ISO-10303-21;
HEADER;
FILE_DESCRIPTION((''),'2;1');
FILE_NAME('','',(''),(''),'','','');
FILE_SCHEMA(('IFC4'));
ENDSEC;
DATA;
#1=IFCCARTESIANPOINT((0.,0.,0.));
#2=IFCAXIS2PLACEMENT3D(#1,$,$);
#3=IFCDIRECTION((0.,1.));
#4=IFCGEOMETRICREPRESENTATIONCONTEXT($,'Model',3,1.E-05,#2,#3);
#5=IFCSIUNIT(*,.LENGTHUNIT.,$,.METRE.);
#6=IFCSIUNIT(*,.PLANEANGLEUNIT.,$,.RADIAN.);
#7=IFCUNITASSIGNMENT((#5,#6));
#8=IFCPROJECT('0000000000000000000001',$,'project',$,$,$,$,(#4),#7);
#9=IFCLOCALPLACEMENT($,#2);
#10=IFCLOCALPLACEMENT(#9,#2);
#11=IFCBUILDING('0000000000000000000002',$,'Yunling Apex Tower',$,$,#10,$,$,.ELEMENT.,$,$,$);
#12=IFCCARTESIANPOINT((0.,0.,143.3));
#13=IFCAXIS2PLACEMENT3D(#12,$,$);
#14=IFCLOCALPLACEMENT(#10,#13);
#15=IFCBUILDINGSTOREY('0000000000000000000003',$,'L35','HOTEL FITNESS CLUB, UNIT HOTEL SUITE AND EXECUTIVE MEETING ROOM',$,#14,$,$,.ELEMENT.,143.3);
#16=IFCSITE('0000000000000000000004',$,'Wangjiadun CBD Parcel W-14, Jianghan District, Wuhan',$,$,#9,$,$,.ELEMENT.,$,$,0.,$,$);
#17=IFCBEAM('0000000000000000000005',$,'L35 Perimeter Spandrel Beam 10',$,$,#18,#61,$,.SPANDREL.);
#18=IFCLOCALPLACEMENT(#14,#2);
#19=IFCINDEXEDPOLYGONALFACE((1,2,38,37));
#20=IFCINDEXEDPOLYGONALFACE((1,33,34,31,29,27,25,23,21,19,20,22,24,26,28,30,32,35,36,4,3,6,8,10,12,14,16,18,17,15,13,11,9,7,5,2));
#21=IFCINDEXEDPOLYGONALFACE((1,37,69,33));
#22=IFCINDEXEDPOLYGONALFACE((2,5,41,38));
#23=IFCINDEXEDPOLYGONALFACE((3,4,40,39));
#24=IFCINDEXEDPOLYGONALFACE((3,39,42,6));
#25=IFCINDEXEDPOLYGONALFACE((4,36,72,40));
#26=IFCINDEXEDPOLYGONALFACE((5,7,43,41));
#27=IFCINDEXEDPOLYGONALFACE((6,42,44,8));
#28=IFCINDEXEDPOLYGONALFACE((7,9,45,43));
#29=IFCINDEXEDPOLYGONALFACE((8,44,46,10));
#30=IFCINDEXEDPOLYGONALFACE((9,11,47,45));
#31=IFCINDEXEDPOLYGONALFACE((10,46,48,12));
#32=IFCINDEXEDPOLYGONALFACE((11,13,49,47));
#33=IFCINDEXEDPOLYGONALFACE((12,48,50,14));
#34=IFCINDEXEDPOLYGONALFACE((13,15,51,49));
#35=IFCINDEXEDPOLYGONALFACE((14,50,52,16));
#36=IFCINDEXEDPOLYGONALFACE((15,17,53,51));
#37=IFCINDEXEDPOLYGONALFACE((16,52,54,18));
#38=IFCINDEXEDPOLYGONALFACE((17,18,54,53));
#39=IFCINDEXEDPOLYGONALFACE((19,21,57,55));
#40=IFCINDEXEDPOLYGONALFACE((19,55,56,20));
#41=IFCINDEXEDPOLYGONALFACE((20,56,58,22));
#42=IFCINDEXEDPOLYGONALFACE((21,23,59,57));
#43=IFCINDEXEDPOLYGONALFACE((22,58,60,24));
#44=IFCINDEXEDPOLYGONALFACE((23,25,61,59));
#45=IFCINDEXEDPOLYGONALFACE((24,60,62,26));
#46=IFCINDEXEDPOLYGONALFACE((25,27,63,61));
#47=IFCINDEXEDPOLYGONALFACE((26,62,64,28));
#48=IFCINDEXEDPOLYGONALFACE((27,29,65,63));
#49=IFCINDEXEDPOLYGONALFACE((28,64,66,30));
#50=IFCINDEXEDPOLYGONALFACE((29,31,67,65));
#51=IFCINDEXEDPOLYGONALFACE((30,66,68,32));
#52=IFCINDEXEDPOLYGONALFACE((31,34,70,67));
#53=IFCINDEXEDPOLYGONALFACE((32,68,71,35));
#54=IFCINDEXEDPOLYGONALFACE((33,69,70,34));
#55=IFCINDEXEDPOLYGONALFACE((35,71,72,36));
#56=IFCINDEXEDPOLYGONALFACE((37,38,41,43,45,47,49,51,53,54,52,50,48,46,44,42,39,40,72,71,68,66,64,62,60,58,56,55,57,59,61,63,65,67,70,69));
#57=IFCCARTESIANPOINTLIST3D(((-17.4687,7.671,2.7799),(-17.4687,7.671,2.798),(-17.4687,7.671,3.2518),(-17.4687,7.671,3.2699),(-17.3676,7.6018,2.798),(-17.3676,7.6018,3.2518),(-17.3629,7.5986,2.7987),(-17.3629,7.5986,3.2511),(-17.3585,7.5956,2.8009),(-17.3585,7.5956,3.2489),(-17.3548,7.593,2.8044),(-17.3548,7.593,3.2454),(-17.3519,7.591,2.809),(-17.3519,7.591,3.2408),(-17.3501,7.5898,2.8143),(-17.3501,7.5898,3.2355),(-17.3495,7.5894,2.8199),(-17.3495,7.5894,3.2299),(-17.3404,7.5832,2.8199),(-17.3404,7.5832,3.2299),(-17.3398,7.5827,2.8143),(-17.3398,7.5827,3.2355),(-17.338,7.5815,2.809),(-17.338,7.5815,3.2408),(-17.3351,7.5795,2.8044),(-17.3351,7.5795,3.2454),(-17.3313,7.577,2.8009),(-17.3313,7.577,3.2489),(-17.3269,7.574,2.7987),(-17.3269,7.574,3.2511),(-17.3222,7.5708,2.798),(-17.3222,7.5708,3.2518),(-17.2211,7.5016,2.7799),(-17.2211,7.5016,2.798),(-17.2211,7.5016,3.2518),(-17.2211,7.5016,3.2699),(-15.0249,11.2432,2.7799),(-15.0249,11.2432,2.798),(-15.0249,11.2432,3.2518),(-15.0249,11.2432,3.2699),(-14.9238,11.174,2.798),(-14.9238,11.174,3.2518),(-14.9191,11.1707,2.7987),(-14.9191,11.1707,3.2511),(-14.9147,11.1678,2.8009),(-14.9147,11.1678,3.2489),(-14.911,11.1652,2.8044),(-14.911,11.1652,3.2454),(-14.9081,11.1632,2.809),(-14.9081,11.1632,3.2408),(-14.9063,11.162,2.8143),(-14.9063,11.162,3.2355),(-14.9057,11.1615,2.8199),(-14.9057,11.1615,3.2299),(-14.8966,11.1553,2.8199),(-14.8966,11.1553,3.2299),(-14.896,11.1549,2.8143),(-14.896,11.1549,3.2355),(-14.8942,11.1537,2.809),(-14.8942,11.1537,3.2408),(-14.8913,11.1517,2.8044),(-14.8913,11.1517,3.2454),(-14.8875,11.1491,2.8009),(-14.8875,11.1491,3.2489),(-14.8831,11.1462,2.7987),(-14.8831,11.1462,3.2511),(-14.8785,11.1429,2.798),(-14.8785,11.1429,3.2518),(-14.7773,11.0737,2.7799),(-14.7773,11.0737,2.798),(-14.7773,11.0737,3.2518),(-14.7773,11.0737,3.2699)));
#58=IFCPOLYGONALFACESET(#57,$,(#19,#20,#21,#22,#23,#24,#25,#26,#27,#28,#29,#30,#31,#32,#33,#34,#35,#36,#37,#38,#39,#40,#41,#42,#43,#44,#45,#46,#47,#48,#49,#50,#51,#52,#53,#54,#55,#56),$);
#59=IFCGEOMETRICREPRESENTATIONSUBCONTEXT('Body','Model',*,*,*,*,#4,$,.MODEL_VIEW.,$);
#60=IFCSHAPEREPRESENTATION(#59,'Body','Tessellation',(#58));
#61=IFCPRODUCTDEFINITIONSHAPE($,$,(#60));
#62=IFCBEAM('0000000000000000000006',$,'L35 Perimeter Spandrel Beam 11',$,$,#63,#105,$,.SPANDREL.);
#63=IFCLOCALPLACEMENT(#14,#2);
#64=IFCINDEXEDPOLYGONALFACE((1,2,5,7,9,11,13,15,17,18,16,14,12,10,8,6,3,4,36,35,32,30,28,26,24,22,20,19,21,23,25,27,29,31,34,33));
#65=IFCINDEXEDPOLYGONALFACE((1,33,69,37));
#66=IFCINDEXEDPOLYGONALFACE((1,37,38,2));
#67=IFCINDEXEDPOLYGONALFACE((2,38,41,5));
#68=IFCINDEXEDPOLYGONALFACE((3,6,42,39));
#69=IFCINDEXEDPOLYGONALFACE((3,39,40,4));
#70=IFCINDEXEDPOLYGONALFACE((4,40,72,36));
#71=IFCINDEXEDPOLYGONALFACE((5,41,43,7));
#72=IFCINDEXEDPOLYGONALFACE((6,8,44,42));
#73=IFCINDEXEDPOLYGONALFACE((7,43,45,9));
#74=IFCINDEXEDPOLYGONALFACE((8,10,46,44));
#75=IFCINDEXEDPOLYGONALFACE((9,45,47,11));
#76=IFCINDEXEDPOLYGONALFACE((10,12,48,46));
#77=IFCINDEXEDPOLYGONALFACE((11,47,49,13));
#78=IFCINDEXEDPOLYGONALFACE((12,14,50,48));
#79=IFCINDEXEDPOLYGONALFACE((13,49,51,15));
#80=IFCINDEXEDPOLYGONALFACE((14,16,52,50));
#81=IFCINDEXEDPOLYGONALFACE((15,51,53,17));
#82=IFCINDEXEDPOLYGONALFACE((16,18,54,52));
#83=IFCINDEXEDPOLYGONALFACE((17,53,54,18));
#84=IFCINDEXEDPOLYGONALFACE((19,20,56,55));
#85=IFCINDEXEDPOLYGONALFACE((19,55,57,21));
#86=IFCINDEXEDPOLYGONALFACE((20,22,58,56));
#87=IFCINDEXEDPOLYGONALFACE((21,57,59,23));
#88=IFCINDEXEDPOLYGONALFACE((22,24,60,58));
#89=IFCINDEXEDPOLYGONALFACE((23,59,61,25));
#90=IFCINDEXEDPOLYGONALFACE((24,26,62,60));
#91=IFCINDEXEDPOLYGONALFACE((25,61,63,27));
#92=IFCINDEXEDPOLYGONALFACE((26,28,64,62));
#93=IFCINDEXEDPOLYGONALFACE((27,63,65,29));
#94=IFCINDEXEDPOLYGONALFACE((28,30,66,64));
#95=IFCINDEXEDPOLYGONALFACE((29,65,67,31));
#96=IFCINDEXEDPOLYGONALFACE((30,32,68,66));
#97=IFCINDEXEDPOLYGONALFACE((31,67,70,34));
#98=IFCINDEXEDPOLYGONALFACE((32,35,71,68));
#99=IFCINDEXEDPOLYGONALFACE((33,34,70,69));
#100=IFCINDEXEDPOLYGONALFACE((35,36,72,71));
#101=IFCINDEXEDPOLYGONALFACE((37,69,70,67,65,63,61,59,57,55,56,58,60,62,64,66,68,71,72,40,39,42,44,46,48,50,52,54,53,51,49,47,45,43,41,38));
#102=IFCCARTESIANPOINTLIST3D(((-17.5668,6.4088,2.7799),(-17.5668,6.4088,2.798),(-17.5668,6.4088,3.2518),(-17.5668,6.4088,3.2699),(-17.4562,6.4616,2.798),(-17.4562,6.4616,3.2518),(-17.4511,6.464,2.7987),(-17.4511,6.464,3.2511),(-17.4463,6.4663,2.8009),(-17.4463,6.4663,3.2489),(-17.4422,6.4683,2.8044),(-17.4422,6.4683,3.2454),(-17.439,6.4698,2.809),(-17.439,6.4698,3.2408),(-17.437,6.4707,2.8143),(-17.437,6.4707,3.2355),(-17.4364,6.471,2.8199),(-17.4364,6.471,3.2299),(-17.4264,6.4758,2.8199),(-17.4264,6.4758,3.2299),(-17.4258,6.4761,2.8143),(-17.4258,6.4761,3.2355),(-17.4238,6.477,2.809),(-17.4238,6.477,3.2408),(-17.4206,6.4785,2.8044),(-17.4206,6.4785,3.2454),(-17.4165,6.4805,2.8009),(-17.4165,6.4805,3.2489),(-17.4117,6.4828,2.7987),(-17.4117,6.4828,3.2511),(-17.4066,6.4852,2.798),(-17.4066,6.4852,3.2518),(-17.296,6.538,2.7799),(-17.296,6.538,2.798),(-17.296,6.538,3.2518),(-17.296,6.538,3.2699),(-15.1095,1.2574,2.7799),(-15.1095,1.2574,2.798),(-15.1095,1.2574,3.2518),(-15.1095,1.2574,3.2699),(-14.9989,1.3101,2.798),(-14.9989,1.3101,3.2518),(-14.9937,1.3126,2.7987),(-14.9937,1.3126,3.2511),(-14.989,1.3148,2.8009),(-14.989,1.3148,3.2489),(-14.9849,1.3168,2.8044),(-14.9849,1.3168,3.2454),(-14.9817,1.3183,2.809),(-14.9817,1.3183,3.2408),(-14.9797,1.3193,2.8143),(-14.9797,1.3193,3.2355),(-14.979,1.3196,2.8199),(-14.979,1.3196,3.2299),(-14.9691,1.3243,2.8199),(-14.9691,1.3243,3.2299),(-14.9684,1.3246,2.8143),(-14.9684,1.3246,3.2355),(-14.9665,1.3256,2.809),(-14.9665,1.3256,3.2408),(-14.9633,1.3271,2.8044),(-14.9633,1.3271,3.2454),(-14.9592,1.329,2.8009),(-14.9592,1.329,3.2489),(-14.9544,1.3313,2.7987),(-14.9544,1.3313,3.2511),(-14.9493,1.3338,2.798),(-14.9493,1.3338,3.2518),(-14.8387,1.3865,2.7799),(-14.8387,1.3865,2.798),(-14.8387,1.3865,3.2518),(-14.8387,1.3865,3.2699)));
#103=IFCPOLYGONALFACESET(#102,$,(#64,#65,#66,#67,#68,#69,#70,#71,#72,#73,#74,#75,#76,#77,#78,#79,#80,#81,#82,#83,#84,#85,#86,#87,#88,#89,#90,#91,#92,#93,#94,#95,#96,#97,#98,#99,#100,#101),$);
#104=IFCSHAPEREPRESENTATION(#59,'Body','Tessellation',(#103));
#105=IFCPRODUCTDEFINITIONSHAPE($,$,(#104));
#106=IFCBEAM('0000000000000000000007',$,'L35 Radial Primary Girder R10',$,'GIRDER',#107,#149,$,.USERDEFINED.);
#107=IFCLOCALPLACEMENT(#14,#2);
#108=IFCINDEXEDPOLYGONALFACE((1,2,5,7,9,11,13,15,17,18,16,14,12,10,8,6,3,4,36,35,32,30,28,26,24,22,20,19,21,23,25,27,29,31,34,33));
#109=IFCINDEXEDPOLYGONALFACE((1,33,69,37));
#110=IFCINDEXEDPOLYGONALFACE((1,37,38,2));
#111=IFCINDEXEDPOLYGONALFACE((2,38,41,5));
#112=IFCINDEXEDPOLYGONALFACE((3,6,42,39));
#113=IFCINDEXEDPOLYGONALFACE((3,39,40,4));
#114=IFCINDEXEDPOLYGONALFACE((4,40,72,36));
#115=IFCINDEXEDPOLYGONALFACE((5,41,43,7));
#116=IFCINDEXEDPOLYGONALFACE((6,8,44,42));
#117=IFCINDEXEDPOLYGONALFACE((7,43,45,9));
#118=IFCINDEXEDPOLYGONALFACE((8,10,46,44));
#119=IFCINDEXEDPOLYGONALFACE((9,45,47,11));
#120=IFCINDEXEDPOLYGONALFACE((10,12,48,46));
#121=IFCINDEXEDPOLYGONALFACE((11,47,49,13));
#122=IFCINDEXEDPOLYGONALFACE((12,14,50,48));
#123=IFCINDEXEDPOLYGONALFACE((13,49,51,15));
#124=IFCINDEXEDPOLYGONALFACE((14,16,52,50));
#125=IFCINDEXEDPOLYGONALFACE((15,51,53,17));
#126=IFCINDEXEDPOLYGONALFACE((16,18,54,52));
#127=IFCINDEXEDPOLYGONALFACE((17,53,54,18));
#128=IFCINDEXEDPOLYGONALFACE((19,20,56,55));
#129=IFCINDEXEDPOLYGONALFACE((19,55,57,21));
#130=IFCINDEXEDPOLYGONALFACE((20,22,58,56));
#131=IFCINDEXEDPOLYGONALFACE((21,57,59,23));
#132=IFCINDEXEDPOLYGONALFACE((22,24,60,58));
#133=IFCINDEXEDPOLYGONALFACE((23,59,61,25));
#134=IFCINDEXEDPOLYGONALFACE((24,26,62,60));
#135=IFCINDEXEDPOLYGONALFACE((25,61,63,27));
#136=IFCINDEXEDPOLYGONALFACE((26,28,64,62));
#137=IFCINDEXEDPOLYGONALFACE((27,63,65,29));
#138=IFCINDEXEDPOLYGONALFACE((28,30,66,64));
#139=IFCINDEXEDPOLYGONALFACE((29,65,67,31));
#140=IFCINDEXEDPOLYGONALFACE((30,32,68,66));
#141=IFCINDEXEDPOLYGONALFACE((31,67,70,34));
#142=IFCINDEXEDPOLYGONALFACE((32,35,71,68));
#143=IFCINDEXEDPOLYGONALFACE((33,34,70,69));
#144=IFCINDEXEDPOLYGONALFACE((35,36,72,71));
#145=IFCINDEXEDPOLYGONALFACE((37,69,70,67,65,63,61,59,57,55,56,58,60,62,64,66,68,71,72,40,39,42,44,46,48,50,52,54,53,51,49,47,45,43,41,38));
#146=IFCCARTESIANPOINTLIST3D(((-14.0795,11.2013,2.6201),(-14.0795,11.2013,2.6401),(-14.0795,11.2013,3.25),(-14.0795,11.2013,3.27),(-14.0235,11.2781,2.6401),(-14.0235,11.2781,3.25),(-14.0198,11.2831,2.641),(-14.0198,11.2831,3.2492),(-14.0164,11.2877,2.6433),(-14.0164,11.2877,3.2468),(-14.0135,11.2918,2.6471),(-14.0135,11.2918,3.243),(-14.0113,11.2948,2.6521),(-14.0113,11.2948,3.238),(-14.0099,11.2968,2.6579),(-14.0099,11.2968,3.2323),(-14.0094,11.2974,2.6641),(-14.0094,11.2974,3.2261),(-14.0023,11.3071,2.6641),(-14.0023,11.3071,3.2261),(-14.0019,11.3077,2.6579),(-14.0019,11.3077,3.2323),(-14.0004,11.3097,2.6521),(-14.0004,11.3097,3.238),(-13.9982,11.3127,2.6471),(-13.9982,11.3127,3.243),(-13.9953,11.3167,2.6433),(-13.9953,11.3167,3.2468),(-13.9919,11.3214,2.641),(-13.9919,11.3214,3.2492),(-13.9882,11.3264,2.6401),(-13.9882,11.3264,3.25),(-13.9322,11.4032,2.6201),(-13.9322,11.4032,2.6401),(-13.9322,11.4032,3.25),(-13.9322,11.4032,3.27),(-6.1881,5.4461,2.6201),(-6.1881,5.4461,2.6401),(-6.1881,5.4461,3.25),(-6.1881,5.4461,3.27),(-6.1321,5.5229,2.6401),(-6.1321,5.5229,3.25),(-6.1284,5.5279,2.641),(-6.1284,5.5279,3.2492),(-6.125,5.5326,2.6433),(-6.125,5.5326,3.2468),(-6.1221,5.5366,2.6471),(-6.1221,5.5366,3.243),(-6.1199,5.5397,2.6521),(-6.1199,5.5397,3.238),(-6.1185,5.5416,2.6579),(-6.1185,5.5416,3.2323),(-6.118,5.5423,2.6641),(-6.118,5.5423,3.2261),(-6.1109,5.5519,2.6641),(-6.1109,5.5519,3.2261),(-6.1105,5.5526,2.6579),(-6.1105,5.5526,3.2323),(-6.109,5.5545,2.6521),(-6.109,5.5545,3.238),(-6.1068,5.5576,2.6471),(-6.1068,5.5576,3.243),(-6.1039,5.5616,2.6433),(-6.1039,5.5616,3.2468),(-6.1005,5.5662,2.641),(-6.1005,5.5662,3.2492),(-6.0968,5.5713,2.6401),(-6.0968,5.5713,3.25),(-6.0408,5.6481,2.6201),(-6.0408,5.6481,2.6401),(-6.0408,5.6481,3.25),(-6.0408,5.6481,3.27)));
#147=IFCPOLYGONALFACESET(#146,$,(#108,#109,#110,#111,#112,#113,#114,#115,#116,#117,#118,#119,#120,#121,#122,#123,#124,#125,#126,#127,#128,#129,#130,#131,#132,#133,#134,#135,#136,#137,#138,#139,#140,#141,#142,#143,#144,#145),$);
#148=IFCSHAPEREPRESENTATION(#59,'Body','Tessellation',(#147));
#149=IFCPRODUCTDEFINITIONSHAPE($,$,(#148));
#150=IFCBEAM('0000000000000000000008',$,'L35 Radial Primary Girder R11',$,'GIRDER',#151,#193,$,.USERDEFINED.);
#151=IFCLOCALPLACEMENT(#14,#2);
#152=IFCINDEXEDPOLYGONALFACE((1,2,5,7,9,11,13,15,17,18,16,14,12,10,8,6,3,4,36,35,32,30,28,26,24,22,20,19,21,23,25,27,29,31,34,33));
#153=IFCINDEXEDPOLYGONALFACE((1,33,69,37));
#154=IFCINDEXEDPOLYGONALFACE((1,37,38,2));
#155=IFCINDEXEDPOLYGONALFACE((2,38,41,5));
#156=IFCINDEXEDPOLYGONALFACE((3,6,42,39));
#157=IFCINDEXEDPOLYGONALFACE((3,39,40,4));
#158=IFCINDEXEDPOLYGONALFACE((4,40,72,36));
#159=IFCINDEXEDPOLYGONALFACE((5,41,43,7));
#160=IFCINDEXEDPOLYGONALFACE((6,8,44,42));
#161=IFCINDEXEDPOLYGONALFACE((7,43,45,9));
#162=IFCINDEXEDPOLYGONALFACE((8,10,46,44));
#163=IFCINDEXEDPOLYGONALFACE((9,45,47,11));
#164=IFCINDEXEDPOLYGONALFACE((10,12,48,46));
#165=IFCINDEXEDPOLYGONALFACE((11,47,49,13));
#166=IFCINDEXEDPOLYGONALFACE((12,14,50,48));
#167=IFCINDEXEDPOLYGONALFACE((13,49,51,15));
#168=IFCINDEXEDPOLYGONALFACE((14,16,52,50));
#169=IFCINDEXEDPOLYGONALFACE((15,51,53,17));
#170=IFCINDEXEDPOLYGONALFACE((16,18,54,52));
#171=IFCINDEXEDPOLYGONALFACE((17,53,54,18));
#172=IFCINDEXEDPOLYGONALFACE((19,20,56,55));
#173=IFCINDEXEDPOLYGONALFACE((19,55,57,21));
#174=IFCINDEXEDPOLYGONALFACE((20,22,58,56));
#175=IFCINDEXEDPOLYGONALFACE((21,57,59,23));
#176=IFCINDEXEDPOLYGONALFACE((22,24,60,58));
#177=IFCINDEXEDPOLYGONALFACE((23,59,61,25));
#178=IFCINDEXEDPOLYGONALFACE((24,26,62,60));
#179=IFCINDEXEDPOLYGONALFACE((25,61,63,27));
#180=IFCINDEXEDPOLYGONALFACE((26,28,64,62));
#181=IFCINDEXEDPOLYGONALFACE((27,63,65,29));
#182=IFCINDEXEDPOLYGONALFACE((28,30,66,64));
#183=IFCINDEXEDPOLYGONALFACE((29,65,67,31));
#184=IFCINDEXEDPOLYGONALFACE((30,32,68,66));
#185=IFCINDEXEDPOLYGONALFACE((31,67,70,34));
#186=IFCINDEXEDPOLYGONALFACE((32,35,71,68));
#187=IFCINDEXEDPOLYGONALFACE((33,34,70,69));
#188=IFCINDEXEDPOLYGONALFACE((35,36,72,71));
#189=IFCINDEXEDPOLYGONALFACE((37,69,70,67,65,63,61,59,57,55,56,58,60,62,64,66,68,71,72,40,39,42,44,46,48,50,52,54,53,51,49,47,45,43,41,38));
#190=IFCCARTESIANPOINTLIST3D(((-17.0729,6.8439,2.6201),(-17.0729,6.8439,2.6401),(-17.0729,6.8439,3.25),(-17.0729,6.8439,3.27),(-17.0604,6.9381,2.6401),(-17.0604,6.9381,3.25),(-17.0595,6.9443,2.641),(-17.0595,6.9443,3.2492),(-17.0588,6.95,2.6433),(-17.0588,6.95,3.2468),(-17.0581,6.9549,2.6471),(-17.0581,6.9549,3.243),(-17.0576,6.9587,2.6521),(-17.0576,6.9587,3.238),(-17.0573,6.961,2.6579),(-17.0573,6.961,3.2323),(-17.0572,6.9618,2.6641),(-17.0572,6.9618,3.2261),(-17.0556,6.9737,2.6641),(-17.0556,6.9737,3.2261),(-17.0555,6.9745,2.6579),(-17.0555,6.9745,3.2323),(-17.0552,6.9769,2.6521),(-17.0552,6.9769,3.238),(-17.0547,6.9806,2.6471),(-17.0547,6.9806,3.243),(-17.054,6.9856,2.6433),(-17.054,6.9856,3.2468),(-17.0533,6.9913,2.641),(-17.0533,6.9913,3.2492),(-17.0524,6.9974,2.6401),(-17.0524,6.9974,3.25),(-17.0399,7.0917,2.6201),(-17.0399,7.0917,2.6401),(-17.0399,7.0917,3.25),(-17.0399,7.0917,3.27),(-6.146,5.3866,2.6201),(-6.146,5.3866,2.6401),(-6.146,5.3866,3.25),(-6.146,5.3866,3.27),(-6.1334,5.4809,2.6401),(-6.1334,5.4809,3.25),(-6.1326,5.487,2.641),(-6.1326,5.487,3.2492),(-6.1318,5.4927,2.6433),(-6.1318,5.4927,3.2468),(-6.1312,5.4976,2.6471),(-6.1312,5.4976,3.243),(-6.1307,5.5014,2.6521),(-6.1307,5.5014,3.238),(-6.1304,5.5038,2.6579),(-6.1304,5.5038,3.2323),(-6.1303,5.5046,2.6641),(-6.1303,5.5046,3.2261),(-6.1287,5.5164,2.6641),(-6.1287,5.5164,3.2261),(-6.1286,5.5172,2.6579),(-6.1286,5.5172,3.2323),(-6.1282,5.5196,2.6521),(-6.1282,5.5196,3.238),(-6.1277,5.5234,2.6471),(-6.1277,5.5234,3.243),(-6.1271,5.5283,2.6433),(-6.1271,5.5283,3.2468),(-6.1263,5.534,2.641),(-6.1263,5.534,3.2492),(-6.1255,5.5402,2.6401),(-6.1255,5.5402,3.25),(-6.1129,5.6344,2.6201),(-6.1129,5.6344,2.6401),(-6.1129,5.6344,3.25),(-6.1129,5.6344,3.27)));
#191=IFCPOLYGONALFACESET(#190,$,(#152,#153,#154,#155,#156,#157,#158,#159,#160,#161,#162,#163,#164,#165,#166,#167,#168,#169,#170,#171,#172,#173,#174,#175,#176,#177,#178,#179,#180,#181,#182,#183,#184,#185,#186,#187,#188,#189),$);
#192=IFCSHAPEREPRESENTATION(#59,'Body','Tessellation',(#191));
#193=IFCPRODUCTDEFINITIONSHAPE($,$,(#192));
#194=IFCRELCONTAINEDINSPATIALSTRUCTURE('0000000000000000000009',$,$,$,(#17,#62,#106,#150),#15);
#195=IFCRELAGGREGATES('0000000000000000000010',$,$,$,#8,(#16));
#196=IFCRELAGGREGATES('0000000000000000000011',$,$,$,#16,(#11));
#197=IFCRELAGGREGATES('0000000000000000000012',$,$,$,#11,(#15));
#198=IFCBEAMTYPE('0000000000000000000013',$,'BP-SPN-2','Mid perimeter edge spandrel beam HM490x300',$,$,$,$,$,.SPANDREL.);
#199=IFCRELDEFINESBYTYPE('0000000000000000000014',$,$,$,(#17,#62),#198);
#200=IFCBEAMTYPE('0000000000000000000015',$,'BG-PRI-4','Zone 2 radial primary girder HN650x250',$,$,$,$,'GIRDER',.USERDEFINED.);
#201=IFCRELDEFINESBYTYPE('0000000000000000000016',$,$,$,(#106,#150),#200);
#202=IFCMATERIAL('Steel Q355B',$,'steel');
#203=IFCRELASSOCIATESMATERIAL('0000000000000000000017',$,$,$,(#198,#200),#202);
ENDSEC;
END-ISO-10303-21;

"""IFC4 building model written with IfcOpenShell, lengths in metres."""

from ifc_helpers import new_model, si_unit, direction, frame, origin, origin_2d, place, context, subcontext, project, spatial, i_section, extrude, source, transform, mapped, material, material_profile, profile_set, type_object, element, save


model = new_model("IFC4")

# Units and contexts
model_context = context("Model", 3, precision=1e-05, world=origin(), true_north=direction((0.0, 1.0)))
body_context = subcontext(model_context, "Body", "Model", "MODEL_VIEW")
ifc_project = project(units=[si_unit("LENGTHUNIT", "METRE"), si_unit("PLANEANGLEUNIT", "RADIAN")], contexts=[model_context])

# Site, building, storey
site_placement = place(None, origin())
site = spatial("IfcSite", under=ifc_project, at=site_placement, Name="Wangjiadun CBD Parcel W-14, Jianghan District, Wuhan", CompositionType="ELEMENT", RefElevation=0.0)
building_placement = place(site_placement, origin())
building = spatial("IfcBuilding", under=site, at=building_placement, Name="Yunling Apex Tower", CompositionType="ELEMENT")
storey_placement = place(building_placement, frame((0.0, 0.0, 143.3)))
storey = spatial("IfcBuildingStorey", under=building, at=storey_placement, Name="L35", Description="HOTEL FITNESS CLUB, UNIT HOTEL SUITE AND EXECUTIVE MEETING ROOM", CompositionType="ELEMENT", Elevation=143.3)

# Beams
ifc_material_1 = material(Name="Steel Q355B", Category="steel")
ifc_material_profile_1 = material_profile(ifc_material_1, i_section(OverallWidth=0.3, OverallDepth=0.49, WebThickness=0.011, FlangeThickness=0.0181, FilletRadius=0.022, at=origin_2d()))
ifc_profile_set_1 = profile_set([ifc_material_profile_1], Name="Steel Q355B")
beam_type_1 = type_object("IfcBeamType", Name="BP-SPN-2", Description="Mid perimeter edge spandrel beam HM490x300", PredefinedType="SPANDREL", material=ifc_profile_set_1)
shared_shape_1 = source(origin(), body_context, "Body", "SweptSolid", [
    extrude(i_section(OverallWidth=0.3, OverallDepth=0.49, WebThickness=0.011, FlangeThickness=0.0181, FilletRadius=0.022, at=origin_2d()), origin(), (0.0, 0.0, 1.0), 4.3281),
])
beam_1_placement = place(storey_placement, frame((-14.9011, 11.1584, 3.0249), z_axis=(-0.564631, -0.825343, 0.0), x_axis=(0.825343, -0.564631, 0.0)))
element("IfcBeam", 1, at=beam_1_placement, inside=storey, type_object=beam_type_1, Name="L35 Perimeter Spandrel Beam 10", PredefinedType="SPANDREL", context=body_context, shape_type="MappedRepresentation", body=[
    mapped(shared_shape_1, transform((0.0, 0.0, 0.0), scale=1.0)),
])
shared_shape_2 = source(origin(), body_context, "Body", "SweptSolid", [
    extrude(i_section(OverallWidth=0.3, OverallDepth=0.49, WebThickness=0.011, FlangeThickness=0.0181, FilletRadius=0.022, at=origin_2d()), origin(), (0.0, 0.0, 1.0), 5.7075),
])
beam_2_placement = place(storey_placement, frame((-17.4314, 6.4734, 3.0249), z_axis=(0.43054, -0.902572, 0.0), x_axis=(0.902572, 0.43054, 0.0)))
element("IfcBeam", 2, at=beam_2_placement, inside=storey, type_object=beam_type_1, Name="L35 Perimeter Spandrel Beam 11", PredefinedType="SPANDREL", context=body_context, shape_type="MappedRepresentation", body=[
    mapped(shared_shape_2, transform((0.0, 0.0, 0.0), scale=1.0)),
])
ifc_material_profile_2 = material_profile(ifc_material_1, i_section(OverallWidth=0.25, OverallDepth=0.6499, WebThickness=0.012, FlangeThickness=0.02, FilletRadius=0.0239, at=origin_2d()))
ifc_profile_set_2 = profile_set([ifc_material_profile_2], Name="Steel Q355B")
beam_type_2 = type_object("IfcBeamType", Name="BG-PRI-4", Description="Zone 2 radial primary girder HN650x250", ElementType="GIRDER", PredefinedType="USERDEFINED", material=ifc_profile_set_2)
shared_shape_3 = source(origin(), body_context, "Body", "SweptSolid", [
    extrude(i_section(OverallWidth=0.25, OverallDepth=0.6499, WebThickness=0.012, FlangeThickness=0.02, FilletRadius=0.0239, at=origin_2d()), origin(), (0.0, 0.0, 1.0), 9.7671),
])
beam_3_placement = place(storey_placement, frame((-14.0059, 11.3022, 2.9451), z_axis=(0.807958, -0.58924, 0.0), x_axis=(0.58924, 0.807958, 0.0)))
element("IfcBeam", 3, at=beam_3_placement, inside=storey, type_object=beam_type_2, Name="L35 Radial Primary Girder R10", ObjectType="GIRDER", PredefinedType="USERDEFINED", context=body_context, shape_type="MappedRepresentation", body=[
    mapped(shared_shape_3, transform((0.0, 0.0, 0.0), scale=1.0)),
])
shared_shape_4 = source(origin(), body_context, "Body", "SweptSolid", [
    extrude(i_section(OverallWidth=0.25, OverallDepth=0.6499, WebThickness=0.012, FlangeThickness=0.02, FilletRadius=0.0239, at=origin_2d()), origin(), (0.0, 0.0, 1.0), 11.0237),
])
beam_4_placement = place(storey_placement, frame((-17.0564, 6.9678, 2.9451), z_axis=(0.991224, -0.132194, 0.0), x_axis=(0.132194, 0.991224, 0.0)))
element("IfcBeam", 4, at=beam_4_placement, inside=storey, type_object=beam_type_2, Name="L35 Radial Primary Girder R11", ObjectType="GIRDER", PredefinedType="USERDEFINED", context=body_context, shape_type="MappedRepresentation", body=[
    mapped(shared_shape_4, transform((0.0, 0.0, 0.0), scale=1.0)),
])

save(model, "model.ifc")
